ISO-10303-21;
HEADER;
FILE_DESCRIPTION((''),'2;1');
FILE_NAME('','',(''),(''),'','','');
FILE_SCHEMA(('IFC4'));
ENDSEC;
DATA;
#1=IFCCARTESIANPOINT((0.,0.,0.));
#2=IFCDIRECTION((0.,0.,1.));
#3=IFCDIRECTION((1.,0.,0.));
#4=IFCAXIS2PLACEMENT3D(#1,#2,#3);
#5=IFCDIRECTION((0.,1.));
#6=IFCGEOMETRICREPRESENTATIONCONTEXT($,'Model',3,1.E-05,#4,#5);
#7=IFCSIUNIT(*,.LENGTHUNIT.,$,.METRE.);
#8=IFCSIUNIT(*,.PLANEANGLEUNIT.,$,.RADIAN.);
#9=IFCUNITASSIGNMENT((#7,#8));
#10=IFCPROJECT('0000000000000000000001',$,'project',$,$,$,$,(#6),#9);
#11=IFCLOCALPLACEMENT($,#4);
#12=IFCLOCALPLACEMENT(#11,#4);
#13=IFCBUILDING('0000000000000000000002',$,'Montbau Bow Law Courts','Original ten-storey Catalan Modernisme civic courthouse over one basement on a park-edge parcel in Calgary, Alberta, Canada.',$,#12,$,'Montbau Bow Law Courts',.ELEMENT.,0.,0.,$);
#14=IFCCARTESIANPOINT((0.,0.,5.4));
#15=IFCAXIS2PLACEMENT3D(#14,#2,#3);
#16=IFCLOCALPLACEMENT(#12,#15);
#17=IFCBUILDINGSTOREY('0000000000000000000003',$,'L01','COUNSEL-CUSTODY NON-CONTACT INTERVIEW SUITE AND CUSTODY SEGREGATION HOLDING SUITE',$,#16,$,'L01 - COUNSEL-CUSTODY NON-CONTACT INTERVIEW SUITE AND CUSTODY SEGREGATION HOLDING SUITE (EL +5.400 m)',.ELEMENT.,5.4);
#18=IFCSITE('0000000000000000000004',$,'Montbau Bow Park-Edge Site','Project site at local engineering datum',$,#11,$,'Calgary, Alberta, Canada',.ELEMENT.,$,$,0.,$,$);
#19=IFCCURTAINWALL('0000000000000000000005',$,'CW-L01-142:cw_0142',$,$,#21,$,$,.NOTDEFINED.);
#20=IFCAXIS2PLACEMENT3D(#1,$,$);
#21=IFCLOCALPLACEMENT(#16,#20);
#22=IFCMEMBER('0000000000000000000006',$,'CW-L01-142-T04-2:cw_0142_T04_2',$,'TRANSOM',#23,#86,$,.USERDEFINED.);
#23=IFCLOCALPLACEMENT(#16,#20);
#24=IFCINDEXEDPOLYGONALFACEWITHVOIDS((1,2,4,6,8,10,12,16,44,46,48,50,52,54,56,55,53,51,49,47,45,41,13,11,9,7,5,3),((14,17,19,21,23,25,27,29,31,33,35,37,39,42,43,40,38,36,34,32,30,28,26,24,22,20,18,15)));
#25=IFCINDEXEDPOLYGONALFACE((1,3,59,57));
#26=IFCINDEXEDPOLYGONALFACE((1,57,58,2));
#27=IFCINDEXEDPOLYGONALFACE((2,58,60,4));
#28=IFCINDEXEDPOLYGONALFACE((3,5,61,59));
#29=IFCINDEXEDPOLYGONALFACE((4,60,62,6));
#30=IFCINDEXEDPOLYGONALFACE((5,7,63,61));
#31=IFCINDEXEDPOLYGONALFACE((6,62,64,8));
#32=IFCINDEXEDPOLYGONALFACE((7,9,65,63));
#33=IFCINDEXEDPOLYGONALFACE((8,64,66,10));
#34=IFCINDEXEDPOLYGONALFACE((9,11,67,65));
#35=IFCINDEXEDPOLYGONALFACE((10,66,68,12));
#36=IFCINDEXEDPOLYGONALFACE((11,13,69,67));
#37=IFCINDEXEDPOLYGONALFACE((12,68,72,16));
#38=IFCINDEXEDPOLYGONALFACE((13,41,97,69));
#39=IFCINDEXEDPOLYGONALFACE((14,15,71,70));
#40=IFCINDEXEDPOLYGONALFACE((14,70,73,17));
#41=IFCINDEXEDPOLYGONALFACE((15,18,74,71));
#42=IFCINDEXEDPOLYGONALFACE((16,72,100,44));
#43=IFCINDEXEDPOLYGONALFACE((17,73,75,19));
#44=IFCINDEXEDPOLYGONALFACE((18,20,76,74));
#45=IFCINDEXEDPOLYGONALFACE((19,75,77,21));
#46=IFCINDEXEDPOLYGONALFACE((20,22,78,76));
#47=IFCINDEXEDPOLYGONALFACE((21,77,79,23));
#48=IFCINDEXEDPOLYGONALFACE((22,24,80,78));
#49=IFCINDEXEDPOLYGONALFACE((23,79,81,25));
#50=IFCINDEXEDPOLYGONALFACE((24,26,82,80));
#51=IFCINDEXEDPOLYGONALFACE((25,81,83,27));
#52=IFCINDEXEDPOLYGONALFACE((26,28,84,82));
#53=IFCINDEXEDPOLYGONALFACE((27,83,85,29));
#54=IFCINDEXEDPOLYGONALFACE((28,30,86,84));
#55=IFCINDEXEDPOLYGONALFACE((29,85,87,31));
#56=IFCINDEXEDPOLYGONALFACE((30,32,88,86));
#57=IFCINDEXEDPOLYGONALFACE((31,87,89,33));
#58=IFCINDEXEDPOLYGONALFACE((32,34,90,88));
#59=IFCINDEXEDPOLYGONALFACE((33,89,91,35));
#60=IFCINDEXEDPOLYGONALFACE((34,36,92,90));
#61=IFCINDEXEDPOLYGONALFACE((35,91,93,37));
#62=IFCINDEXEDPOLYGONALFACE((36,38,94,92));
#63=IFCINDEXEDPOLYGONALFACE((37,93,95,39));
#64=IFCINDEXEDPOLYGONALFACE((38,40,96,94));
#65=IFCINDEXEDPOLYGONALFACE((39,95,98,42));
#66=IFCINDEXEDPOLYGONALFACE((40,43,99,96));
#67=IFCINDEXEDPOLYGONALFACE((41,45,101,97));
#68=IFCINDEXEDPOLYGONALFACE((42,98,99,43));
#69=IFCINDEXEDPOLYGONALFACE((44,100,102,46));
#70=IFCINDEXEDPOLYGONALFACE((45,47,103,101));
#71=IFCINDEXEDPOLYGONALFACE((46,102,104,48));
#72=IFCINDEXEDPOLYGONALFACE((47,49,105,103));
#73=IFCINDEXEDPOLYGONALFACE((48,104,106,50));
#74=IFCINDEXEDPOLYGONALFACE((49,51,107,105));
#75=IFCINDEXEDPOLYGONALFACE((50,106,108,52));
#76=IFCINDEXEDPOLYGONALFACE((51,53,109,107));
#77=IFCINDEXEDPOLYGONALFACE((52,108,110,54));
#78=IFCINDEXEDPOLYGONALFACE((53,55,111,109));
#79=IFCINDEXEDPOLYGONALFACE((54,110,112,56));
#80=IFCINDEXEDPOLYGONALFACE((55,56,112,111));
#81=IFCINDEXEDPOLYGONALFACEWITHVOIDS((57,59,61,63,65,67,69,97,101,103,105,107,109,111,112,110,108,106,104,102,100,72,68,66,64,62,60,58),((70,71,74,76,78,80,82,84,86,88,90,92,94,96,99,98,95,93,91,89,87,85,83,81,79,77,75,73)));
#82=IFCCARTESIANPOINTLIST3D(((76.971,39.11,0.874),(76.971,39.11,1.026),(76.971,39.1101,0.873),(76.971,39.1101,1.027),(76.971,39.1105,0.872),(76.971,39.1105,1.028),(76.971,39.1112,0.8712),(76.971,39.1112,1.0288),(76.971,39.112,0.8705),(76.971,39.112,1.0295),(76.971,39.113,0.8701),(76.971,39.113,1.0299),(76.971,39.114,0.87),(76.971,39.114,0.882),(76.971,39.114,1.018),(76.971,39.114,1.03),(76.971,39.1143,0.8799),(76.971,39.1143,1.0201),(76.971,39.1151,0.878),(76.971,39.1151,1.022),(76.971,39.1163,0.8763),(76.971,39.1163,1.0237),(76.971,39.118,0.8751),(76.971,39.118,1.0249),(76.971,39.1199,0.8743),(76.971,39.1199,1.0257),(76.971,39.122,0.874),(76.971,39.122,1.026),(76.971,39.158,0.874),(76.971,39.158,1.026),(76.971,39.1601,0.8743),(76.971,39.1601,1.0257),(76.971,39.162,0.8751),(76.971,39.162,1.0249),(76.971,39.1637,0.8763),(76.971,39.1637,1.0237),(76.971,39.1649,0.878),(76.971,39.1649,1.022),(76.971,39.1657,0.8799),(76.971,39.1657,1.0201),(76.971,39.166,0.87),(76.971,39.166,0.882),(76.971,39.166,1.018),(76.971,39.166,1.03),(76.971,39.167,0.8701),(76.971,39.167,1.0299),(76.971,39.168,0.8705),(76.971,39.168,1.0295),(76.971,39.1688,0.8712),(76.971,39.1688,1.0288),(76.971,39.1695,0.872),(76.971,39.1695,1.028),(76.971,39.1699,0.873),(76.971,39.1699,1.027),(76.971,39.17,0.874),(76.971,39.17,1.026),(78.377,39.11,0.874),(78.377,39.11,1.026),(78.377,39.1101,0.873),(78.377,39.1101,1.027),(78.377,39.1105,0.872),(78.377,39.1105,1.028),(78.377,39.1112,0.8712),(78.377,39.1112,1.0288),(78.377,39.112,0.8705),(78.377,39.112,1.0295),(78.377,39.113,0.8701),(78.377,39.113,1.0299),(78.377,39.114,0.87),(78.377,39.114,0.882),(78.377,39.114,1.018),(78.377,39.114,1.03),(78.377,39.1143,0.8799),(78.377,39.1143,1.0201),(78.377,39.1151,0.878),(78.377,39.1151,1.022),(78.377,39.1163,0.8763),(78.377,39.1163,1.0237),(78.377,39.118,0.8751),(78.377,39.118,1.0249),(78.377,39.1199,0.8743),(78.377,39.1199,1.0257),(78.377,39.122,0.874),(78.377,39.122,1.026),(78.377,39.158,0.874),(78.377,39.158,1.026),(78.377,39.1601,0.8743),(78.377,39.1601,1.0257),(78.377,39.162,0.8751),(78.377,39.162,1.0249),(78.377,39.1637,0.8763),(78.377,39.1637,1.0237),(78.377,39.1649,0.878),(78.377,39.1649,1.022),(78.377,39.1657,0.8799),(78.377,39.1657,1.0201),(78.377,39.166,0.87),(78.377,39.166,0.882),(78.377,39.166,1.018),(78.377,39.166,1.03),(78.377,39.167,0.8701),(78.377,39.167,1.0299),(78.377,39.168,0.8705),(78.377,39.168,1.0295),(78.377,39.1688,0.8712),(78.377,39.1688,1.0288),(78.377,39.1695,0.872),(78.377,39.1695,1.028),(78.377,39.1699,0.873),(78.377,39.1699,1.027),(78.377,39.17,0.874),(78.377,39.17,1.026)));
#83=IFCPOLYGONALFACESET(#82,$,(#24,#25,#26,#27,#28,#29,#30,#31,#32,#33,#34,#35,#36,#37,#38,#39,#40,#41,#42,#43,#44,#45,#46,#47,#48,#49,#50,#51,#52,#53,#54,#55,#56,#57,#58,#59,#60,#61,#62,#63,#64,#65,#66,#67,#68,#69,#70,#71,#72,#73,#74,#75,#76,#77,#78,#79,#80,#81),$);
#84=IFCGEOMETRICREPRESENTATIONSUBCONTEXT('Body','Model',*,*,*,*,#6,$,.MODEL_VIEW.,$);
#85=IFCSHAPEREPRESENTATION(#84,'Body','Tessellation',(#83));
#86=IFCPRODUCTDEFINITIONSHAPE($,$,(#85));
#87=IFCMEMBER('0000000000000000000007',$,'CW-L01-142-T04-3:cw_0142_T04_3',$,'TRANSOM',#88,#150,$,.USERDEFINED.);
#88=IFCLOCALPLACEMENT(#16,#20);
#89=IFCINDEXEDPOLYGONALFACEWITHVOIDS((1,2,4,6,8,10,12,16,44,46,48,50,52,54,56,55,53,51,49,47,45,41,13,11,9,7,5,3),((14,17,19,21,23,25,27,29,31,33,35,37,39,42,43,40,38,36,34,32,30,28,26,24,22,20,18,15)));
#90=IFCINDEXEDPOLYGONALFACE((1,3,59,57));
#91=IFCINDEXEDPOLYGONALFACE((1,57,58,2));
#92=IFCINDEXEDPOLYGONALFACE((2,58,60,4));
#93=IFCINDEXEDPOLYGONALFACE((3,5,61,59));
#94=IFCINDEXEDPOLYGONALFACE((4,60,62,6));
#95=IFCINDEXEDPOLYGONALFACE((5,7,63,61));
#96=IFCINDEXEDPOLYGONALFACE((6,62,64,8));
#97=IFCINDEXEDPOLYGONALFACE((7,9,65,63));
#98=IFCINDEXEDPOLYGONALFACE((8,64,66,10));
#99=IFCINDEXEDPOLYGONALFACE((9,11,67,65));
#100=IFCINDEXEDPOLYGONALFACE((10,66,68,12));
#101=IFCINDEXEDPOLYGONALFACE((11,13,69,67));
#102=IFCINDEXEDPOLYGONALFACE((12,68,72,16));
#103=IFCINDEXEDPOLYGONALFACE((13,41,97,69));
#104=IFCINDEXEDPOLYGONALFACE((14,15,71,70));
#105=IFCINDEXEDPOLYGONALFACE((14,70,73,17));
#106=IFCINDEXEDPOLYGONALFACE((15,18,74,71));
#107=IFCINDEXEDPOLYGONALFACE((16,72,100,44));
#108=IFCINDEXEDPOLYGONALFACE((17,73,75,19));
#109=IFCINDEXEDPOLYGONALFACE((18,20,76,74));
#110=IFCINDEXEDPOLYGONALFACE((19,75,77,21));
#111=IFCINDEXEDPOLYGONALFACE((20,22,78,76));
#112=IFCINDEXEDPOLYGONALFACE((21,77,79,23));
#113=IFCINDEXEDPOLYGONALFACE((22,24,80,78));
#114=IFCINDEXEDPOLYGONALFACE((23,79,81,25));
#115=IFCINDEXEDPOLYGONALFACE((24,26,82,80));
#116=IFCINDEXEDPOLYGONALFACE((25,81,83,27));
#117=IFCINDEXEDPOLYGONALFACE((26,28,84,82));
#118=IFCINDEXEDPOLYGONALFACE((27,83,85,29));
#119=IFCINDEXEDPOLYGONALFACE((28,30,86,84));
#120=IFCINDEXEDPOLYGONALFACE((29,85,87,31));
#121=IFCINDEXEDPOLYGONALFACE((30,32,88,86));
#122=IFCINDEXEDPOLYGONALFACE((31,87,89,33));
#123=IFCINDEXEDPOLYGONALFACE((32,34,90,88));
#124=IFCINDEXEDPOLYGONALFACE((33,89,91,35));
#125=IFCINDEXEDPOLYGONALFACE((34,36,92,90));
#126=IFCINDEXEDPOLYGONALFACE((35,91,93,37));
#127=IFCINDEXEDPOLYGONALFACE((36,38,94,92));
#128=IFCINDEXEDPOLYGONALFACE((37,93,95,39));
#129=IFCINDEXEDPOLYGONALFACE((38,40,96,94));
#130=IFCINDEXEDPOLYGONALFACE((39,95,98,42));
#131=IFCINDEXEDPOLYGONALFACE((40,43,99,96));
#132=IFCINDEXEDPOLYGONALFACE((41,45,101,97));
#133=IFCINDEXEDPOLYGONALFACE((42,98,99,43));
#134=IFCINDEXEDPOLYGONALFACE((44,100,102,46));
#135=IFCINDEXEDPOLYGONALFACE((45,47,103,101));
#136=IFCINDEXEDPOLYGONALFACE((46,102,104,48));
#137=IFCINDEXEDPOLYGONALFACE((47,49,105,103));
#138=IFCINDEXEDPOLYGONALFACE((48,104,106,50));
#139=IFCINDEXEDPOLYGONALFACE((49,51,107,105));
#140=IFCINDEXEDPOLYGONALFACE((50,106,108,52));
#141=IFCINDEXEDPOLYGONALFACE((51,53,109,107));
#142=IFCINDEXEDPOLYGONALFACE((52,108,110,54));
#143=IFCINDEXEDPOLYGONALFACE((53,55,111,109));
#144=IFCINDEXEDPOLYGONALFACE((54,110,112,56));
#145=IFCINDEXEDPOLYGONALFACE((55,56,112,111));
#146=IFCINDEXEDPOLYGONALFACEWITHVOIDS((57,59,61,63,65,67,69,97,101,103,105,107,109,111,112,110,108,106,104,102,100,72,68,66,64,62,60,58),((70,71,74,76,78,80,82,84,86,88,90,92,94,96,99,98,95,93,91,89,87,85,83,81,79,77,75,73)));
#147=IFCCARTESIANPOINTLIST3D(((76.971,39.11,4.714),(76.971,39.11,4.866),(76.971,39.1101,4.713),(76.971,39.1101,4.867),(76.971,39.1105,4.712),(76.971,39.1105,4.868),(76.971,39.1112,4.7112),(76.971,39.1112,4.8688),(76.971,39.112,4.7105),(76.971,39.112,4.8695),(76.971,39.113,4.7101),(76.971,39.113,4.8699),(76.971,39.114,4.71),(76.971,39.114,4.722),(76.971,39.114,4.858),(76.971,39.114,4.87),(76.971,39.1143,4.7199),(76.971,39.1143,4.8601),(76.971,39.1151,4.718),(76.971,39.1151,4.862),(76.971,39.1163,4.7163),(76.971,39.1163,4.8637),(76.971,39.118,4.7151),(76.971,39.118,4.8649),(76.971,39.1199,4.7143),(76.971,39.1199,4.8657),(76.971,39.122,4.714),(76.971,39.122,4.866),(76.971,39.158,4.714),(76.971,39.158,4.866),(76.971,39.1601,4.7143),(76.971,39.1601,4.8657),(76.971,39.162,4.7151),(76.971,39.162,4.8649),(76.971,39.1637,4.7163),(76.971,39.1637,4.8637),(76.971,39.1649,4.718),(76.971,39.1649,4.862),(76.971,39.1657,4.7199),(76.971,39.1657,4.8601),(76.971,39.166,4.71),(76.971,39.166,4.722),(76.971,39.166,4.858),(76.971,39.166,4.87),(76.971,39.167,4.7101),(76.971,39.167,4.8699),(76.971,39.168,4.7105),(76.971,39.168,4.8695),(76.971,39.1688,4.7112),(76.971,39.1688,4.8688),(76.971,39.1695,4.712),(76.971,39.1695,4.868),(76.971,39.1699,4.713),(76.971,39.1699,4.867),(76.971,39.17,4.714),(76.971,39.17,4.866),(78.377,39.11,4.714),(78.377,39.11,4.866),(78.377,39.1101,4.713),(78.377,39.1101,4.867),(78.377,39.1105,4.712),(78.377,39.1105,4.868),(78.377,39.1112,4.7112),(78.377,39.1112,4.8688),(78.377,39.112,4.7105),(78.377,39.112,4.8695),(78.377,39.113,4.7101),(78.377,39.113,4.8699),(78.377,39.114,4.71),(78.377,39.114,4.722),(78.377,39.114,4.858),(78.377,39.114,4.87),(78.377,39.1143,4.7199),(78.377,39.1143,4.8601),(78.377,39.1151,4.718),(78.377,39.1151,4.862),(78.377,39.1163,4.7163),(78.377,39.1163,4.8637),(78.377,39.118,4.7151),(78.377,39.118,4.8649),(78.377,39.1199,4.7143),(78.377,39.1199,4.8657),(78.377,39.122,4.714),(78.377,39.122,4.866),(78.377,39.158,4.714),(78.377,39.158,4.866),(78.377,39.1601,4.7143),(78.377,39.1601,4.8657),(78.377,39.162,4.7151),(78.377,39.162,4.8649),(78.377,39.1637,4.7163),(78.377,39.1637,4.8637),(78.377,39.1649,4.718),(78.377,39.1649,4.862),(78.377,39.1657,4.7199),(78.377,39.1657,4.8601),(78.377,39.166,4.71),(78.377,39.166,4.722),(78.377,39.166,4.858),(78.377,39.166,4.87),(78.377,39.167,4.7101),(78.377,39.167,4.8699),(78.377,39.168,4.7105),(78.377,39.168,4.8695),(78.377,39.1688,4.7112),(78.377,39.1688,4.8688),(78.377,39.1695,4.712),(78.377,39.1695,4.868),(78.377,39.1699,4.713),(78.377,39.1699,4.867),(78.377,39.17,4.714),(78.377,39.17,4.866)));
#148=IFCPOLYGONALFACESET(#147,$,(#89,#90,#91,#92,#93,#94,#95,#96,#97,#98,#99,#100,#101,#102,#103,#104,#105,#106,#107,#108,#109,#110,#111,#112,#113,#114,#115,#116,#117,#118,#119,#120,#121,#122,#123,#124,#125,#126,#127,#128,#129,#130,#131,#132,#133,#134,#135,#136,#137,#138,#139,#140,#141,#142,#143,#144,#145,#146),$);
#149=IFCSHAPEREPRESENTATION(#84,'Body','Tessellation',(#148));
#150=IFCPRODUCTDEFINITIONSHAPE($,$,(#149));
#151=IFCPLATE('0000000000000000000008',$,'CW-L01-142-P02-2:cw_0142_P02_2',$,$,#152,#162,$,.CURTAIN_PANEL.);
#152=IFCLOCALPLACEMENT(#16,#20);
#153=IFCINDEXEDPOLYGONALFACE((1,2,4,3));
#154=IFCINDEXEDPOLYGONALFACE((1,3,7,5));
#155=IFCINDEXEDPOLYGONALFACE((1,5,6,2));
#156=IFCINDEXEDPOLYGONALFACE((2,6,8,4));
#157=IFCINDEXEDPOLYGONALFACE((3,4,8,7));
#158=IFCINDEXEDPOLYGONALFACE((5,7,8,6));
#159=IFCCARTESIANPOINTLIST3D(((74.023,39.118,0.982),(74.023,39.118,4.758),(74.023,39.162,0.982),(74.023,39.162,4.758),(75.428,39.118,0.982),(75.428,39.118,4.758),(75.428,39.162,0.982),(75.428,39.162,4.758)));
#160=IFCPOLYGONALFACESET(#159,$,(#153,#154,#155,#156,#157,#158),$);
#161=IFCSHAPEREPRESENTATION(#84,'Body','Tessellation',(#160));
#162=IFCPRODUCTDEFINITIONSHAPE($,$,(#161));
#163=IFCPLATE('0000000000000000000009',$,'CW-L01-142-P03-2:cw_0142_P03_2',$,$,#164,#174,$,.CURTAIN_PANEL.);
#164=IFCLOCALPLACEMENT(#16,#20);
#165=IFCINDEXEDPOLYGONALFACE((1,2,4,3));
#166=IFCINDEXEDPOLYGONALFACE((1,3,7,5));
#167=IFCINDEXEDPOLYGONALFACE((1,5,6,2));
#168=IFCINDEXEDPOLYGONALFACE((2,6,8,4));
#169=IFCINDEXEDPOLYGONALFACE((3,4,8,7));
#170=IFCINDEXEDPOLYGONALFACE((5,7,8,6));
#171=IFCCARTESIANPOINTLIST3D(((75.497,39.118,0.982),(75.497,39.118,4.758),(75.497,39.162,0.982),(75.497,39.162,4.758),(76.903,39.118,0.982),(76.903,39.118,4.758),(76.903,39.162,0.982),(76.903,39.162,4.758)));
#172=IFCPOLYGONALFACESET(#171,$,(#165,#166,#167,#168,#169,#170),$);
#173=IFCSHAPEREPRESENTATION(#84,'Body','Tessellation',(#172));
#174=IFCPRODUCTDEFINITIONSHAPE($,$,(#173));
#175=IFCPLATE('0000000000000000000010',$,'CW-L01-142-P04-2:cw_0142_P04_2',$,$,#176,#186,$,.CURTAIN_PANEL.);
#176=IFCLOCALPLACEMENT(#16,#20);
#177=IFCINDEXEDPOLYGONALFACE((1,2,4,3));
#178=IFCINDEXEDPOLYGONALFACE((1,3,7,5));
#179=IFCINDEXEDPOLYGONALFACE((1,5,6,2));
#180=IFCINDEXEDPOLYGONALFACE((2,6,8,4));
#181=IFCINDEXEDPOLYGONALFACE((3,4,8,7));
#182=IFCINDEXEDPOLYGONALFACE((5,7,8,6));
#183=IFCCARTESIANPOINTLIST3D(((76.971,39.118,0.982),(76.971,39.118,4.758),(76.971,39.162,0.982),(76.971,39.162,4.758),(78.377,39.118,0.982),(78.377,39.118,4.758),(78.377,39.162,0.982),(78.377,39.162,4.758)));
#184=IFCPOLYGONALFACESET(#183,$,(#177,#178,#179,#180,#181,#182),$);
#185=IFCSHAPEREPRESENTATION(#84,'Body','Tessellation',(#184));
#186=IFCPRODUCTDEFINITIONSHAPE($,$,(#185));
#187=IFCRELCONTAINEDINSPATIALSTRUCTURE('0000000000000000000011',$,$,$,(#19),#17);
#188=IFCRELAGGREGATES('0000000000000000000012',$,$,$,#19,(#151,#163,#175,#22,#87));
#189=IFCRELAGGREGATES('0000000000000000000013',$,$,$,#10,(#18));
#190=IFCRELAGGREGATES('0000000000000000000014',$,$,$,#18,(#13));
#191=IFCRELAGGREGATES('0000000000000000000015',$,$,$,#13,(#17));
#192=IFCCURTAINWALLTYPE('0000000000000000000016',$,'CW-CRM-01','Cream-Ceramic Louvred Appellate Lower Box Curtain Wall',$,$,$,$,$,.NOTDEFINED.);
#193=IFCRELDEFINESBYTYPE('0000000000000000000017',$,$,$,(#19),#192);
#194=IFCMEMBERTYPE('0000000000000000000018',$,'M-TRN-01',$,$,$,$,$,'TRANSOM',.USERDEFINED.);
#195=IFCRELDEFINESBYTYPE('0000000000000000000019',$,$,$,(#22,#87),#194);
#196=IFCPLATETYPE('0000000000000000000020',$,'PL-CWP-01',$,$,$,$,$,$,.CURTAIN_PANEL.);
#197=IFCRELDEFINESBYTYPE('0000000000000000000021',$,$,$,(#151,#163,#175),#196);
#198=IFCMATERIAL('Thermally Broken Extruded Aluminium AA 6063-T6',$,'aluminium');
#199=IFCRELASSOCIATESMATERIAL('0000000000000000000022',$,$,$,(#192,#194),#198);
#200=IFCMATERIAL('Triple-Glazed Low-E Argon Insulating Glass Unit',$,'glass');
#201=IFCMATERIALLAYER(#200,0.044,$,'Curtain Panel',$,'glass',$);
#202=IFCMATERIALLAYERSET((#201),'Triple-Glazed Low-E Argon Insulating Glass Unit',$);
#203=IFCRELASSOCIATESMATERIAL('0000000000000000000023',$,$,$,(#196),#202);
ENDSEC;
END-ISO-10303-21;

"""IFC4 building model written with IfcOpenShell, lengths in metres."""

from ifc_helpers import new_model, si_unit, direction, frame, frame_2d, origin_with_axes, origin_2d_with_axis, place, context, subcontext, project, spatial, rectangle, hollow_rectangle, extrude, material, layer, layer_set, material_profile, profile_set, type_object, element, aggregate, save


model = new_model("IFC4")

# Units and contexts
model_context = context("Model", 3, precision=1e-05, world=origin_with_axes(), true_north=direction((0.0, 1.0)))
body_context = subcontext(model_context, "Body", "Model", "MODEL_VIEW")
ifc_project = project(units=[si_unit("LENGTHUNIT", "METRE"), si_unit("PLANEANGLEUNIT", "RADIAN")], contexts=[model_context])

# Site, building, storey
site_placement = place(None, origin_with_axes())
site = spatial("IfcSite", under=ifc_project, at=site_placement, Name="Montbau Bow Park-Edge Site", Description="Project site at local engineering datum", LongName="Calgary, Alberta, Canada", CompositionType="ELEMENT", RefElevation=0.0)
building_placement = place(site_placement, origin_with_axes())
building = spatial("IfcBuilding", under=site, at=building_placement, Name="Montbau Bow Law Courts", Description="Original ten-storey Catalan Modernisme civic courthouse over one basement on a park-edge parcel in Calgary, Alberta, Canada.", LongName="Montbau Bow Law Courts", CompositionType="ELEMENT", ElevationOfRefHeight=0.0, ElevationOfTerrain=0.0)
storey_placement = place(building_placement, frame((0.0, 0.0, 5.4), z_axis=(0.0, 0.0, 1.0), x_axis=(1.0, 0.0, 0.0)))
storey = spatial("IfcBuildingStorey", under=building, at=storey_placement, Name="L01", Description="COUNSEL-CUSTODY NON-CONTACT INTERVIEW SUITE AND CUSTODY SEGREGATION HOLDING SUITE", LongName="L01 - COUNSEL-CUSTODY NON-CONTACT INTERVIEW SUITE AND CUSTODY SEGREGATION HOLDING SUITE (EL +5.400 m)", CompositionType="ELEMENT", Elevation=5.4)

# Curtain wall, members, plates
ifc_material_1 = material(Name="Thermally Broken Extruded Aluminium AA 6063-T6", Category="aluminium")
curtain_wall_type = type_object("IfcCurtainWallType", Name="CW-CRM-01", Description="Cream-Ceramic Louvred Appellate Lower Box Curtain Wall", PredefinedType="NOTDEFINED", material=ifc_material_1)
curtain_wall_placement = place(None, frame((72.515, 39.14, 5.4), z_axis=(0.0, 0.0, 1.0), x_axis=(1.0, 0.0, 0.0)))
curtain_wall = element("IfcCurtainWall", 1, at=curtain_wall_placement, inside=storey, type_object=curtain_wall_type, Name="CW-L01-142:cw_0142", PredefinedType="NOTDEFINED")
ifc_material_profile_1 = material_profile(ifc_material_1, hollow_rectangle(XDim=0.06, YDim=0.16, WallThickness=0.004, InnerFilletRadius=0.008, OuterFilletRadius=0.004, at=origin_2d_with_axis()), Name="CWT-160X60", Category="Main", Priority=0)
ifc_profile_set_1 = profile_set([ifc_material_profile_1], Name="Thermally Broken Extruded Aluminium AA 6063-T6")
member_type_1 = type_object("IfcMemberType", Name="M-TRN-01", ElementType="TRANSOM", PredefinedType="USERDEFINED", material=ifc_profile_set_1)
member_1_placement = place(None, frame((76.971, 39.14, 6.35), z_axis=(1.0, 0.0, 0.0), x_axis=(0.0, 1.0, 0.0)))
member_1 = element("IfcMember", 2, at=member_1_placement, type_object=member_type_1, Name="CW-L01-142-T04-2:cw_0142_T04_2", ObjectType="TRANSOM", PredefinedType="USERDEFINED", context=body_context, shape_type="SweptSolid", body=[
    extrude(hollow_rectangle(XDim=0.06, YDim=0.16, WallThickness=0.004, InnerFilletRadius=0.008, OuterFilletRadius=0.004, at=origin_2d_with_axis()), origin_with_axes(), (0.0, 0.0, 1.0), 1.406),
])
member_2_placement = place(None, frame((76.971, 39.14, 10.19), z_axis=(1.0, 0.0, 0.0), x_axis=(0.0, 1.0, 0.0)))
member_2 = element("IfcMember", 3, at=member_2_placement, type_object=member_type_1, Name="CW-L01-142-T04-3:cw_0142_T04_3", ObjectType="TRANSOM", PredefinedType="USERDEFINED", context=body_context, shape_type="SweptSolid", body=[
    extrude(hollow_rectangle(XDim=0.06, YDim=0.16, WallThickness=0.004, InnerFilletRadius=0.008, OuterFilletRadius=0.004, at=origin_2d_with_axis()), origin_with_axes(), (0.0, 0.0, 1.0), 1.406),
])
ifc_material_2 = material(Name="Triple-Glazed Low-E Argon Insulating Glass Unit", Category="glass")
ifc_layer_1 = layer(ifc_material_2, 0.044, Name="Curtain Panel", Category="glass")
ifc_layer_set_1 = layer_set([ifc_layer_1], Name="Triple-Glazed Low-E Argon Insulating Glass Unit")
plate_type_1 = type_object("IfcPlateType", Name="PL-CWP-01", PredefinedType="CURTAIN_PANEL", material=ifc_layer_set_1)
plate_1_placement = place(None, frame((74.023, 39.14, 6.382), z_axis=(0.0, -1.0, 0.0), x_axis=(1.0, 0.0, 0.0)))
plate_1 = element("IfcPlate", 4, at=plate_1_placement, type_object=plate_type_1, Name="CW-L01-142-P02-2:cw_0142_P02_2", PredefinedType="CURTAIN_PANEL", context=body_context, shape_type="SweptSolid", body=[
    extrude(rectangle(XDim=1.405, YDim=3.776, at=frame_2d((0.7025, 1.888), x_axis=(1.0, 0.0))), frame((0.0, 0.0, -0.022), z_axis=(0.0, 0.0, 1.0), x_axis=(1.0, 0.0, 0.0)), (0.0, 0.0, 1.0), 0.044),
])
plate_2_placement = place(None, frame((75.497, 39.14, 6.382), z_axis=(0.0, -1.0, 0.0), x_axis=(1.0, 0.0, 0.0)))
plate_2 = element("IfcPlate", 5, at=plate_2_placement, type_object=plate_type_1, Name="CW-L01-142-P03-2:cw_0142_P03_2", PredefinedType="CURTAIN_PANEL", context=body_context, shape_type="SweptSolid", body=[
    extrude(rectangle(XDim=1.406, YDim=3.776, at=frame_2d((0.703, 1.888), x_axis=(1.0, 0.0))), frame((0.0, 0.0, -0.022), z_axis=(0.0, 0.0, 1.0), x_axis=(1.0, 0.0, 0.0)), (0.0, 0.0, 1.0), 0.044),
])
plate_3_placement = place(None, frame((76.971, 39.14, 6.382), z_axis=(0.0, -1.0, 0.0), x_axis=(1.0, 0.0, 0.0)))
plate_3 = element("IfcPlate", 6, at=plate_3_placement, type_object=plate_type_1, Name="CW-L01-142-P04-2:cw_0142_P04_2", PredefinedType="CURTAIN_PANEL", context=body_context, shape_type="SweptSolid", body=[
    extrude(rectangle(XDim=1.406, YDim=3.776, at=frame_2d((0.703, 1.888), x_axis=(1.0, 0.0))), frame((0.0, 0.0, -0.022), z_axis=(0.0, 0.0, 1.0), x_axis=(1.0, 0.0, 0.0)), (0.0, 0.0, 1.0), 0.044),
])
aggregate(curtain_wall, [plate_1, plate_2, plate_3, member_1, member_2])

save(model, "model.ifc")
